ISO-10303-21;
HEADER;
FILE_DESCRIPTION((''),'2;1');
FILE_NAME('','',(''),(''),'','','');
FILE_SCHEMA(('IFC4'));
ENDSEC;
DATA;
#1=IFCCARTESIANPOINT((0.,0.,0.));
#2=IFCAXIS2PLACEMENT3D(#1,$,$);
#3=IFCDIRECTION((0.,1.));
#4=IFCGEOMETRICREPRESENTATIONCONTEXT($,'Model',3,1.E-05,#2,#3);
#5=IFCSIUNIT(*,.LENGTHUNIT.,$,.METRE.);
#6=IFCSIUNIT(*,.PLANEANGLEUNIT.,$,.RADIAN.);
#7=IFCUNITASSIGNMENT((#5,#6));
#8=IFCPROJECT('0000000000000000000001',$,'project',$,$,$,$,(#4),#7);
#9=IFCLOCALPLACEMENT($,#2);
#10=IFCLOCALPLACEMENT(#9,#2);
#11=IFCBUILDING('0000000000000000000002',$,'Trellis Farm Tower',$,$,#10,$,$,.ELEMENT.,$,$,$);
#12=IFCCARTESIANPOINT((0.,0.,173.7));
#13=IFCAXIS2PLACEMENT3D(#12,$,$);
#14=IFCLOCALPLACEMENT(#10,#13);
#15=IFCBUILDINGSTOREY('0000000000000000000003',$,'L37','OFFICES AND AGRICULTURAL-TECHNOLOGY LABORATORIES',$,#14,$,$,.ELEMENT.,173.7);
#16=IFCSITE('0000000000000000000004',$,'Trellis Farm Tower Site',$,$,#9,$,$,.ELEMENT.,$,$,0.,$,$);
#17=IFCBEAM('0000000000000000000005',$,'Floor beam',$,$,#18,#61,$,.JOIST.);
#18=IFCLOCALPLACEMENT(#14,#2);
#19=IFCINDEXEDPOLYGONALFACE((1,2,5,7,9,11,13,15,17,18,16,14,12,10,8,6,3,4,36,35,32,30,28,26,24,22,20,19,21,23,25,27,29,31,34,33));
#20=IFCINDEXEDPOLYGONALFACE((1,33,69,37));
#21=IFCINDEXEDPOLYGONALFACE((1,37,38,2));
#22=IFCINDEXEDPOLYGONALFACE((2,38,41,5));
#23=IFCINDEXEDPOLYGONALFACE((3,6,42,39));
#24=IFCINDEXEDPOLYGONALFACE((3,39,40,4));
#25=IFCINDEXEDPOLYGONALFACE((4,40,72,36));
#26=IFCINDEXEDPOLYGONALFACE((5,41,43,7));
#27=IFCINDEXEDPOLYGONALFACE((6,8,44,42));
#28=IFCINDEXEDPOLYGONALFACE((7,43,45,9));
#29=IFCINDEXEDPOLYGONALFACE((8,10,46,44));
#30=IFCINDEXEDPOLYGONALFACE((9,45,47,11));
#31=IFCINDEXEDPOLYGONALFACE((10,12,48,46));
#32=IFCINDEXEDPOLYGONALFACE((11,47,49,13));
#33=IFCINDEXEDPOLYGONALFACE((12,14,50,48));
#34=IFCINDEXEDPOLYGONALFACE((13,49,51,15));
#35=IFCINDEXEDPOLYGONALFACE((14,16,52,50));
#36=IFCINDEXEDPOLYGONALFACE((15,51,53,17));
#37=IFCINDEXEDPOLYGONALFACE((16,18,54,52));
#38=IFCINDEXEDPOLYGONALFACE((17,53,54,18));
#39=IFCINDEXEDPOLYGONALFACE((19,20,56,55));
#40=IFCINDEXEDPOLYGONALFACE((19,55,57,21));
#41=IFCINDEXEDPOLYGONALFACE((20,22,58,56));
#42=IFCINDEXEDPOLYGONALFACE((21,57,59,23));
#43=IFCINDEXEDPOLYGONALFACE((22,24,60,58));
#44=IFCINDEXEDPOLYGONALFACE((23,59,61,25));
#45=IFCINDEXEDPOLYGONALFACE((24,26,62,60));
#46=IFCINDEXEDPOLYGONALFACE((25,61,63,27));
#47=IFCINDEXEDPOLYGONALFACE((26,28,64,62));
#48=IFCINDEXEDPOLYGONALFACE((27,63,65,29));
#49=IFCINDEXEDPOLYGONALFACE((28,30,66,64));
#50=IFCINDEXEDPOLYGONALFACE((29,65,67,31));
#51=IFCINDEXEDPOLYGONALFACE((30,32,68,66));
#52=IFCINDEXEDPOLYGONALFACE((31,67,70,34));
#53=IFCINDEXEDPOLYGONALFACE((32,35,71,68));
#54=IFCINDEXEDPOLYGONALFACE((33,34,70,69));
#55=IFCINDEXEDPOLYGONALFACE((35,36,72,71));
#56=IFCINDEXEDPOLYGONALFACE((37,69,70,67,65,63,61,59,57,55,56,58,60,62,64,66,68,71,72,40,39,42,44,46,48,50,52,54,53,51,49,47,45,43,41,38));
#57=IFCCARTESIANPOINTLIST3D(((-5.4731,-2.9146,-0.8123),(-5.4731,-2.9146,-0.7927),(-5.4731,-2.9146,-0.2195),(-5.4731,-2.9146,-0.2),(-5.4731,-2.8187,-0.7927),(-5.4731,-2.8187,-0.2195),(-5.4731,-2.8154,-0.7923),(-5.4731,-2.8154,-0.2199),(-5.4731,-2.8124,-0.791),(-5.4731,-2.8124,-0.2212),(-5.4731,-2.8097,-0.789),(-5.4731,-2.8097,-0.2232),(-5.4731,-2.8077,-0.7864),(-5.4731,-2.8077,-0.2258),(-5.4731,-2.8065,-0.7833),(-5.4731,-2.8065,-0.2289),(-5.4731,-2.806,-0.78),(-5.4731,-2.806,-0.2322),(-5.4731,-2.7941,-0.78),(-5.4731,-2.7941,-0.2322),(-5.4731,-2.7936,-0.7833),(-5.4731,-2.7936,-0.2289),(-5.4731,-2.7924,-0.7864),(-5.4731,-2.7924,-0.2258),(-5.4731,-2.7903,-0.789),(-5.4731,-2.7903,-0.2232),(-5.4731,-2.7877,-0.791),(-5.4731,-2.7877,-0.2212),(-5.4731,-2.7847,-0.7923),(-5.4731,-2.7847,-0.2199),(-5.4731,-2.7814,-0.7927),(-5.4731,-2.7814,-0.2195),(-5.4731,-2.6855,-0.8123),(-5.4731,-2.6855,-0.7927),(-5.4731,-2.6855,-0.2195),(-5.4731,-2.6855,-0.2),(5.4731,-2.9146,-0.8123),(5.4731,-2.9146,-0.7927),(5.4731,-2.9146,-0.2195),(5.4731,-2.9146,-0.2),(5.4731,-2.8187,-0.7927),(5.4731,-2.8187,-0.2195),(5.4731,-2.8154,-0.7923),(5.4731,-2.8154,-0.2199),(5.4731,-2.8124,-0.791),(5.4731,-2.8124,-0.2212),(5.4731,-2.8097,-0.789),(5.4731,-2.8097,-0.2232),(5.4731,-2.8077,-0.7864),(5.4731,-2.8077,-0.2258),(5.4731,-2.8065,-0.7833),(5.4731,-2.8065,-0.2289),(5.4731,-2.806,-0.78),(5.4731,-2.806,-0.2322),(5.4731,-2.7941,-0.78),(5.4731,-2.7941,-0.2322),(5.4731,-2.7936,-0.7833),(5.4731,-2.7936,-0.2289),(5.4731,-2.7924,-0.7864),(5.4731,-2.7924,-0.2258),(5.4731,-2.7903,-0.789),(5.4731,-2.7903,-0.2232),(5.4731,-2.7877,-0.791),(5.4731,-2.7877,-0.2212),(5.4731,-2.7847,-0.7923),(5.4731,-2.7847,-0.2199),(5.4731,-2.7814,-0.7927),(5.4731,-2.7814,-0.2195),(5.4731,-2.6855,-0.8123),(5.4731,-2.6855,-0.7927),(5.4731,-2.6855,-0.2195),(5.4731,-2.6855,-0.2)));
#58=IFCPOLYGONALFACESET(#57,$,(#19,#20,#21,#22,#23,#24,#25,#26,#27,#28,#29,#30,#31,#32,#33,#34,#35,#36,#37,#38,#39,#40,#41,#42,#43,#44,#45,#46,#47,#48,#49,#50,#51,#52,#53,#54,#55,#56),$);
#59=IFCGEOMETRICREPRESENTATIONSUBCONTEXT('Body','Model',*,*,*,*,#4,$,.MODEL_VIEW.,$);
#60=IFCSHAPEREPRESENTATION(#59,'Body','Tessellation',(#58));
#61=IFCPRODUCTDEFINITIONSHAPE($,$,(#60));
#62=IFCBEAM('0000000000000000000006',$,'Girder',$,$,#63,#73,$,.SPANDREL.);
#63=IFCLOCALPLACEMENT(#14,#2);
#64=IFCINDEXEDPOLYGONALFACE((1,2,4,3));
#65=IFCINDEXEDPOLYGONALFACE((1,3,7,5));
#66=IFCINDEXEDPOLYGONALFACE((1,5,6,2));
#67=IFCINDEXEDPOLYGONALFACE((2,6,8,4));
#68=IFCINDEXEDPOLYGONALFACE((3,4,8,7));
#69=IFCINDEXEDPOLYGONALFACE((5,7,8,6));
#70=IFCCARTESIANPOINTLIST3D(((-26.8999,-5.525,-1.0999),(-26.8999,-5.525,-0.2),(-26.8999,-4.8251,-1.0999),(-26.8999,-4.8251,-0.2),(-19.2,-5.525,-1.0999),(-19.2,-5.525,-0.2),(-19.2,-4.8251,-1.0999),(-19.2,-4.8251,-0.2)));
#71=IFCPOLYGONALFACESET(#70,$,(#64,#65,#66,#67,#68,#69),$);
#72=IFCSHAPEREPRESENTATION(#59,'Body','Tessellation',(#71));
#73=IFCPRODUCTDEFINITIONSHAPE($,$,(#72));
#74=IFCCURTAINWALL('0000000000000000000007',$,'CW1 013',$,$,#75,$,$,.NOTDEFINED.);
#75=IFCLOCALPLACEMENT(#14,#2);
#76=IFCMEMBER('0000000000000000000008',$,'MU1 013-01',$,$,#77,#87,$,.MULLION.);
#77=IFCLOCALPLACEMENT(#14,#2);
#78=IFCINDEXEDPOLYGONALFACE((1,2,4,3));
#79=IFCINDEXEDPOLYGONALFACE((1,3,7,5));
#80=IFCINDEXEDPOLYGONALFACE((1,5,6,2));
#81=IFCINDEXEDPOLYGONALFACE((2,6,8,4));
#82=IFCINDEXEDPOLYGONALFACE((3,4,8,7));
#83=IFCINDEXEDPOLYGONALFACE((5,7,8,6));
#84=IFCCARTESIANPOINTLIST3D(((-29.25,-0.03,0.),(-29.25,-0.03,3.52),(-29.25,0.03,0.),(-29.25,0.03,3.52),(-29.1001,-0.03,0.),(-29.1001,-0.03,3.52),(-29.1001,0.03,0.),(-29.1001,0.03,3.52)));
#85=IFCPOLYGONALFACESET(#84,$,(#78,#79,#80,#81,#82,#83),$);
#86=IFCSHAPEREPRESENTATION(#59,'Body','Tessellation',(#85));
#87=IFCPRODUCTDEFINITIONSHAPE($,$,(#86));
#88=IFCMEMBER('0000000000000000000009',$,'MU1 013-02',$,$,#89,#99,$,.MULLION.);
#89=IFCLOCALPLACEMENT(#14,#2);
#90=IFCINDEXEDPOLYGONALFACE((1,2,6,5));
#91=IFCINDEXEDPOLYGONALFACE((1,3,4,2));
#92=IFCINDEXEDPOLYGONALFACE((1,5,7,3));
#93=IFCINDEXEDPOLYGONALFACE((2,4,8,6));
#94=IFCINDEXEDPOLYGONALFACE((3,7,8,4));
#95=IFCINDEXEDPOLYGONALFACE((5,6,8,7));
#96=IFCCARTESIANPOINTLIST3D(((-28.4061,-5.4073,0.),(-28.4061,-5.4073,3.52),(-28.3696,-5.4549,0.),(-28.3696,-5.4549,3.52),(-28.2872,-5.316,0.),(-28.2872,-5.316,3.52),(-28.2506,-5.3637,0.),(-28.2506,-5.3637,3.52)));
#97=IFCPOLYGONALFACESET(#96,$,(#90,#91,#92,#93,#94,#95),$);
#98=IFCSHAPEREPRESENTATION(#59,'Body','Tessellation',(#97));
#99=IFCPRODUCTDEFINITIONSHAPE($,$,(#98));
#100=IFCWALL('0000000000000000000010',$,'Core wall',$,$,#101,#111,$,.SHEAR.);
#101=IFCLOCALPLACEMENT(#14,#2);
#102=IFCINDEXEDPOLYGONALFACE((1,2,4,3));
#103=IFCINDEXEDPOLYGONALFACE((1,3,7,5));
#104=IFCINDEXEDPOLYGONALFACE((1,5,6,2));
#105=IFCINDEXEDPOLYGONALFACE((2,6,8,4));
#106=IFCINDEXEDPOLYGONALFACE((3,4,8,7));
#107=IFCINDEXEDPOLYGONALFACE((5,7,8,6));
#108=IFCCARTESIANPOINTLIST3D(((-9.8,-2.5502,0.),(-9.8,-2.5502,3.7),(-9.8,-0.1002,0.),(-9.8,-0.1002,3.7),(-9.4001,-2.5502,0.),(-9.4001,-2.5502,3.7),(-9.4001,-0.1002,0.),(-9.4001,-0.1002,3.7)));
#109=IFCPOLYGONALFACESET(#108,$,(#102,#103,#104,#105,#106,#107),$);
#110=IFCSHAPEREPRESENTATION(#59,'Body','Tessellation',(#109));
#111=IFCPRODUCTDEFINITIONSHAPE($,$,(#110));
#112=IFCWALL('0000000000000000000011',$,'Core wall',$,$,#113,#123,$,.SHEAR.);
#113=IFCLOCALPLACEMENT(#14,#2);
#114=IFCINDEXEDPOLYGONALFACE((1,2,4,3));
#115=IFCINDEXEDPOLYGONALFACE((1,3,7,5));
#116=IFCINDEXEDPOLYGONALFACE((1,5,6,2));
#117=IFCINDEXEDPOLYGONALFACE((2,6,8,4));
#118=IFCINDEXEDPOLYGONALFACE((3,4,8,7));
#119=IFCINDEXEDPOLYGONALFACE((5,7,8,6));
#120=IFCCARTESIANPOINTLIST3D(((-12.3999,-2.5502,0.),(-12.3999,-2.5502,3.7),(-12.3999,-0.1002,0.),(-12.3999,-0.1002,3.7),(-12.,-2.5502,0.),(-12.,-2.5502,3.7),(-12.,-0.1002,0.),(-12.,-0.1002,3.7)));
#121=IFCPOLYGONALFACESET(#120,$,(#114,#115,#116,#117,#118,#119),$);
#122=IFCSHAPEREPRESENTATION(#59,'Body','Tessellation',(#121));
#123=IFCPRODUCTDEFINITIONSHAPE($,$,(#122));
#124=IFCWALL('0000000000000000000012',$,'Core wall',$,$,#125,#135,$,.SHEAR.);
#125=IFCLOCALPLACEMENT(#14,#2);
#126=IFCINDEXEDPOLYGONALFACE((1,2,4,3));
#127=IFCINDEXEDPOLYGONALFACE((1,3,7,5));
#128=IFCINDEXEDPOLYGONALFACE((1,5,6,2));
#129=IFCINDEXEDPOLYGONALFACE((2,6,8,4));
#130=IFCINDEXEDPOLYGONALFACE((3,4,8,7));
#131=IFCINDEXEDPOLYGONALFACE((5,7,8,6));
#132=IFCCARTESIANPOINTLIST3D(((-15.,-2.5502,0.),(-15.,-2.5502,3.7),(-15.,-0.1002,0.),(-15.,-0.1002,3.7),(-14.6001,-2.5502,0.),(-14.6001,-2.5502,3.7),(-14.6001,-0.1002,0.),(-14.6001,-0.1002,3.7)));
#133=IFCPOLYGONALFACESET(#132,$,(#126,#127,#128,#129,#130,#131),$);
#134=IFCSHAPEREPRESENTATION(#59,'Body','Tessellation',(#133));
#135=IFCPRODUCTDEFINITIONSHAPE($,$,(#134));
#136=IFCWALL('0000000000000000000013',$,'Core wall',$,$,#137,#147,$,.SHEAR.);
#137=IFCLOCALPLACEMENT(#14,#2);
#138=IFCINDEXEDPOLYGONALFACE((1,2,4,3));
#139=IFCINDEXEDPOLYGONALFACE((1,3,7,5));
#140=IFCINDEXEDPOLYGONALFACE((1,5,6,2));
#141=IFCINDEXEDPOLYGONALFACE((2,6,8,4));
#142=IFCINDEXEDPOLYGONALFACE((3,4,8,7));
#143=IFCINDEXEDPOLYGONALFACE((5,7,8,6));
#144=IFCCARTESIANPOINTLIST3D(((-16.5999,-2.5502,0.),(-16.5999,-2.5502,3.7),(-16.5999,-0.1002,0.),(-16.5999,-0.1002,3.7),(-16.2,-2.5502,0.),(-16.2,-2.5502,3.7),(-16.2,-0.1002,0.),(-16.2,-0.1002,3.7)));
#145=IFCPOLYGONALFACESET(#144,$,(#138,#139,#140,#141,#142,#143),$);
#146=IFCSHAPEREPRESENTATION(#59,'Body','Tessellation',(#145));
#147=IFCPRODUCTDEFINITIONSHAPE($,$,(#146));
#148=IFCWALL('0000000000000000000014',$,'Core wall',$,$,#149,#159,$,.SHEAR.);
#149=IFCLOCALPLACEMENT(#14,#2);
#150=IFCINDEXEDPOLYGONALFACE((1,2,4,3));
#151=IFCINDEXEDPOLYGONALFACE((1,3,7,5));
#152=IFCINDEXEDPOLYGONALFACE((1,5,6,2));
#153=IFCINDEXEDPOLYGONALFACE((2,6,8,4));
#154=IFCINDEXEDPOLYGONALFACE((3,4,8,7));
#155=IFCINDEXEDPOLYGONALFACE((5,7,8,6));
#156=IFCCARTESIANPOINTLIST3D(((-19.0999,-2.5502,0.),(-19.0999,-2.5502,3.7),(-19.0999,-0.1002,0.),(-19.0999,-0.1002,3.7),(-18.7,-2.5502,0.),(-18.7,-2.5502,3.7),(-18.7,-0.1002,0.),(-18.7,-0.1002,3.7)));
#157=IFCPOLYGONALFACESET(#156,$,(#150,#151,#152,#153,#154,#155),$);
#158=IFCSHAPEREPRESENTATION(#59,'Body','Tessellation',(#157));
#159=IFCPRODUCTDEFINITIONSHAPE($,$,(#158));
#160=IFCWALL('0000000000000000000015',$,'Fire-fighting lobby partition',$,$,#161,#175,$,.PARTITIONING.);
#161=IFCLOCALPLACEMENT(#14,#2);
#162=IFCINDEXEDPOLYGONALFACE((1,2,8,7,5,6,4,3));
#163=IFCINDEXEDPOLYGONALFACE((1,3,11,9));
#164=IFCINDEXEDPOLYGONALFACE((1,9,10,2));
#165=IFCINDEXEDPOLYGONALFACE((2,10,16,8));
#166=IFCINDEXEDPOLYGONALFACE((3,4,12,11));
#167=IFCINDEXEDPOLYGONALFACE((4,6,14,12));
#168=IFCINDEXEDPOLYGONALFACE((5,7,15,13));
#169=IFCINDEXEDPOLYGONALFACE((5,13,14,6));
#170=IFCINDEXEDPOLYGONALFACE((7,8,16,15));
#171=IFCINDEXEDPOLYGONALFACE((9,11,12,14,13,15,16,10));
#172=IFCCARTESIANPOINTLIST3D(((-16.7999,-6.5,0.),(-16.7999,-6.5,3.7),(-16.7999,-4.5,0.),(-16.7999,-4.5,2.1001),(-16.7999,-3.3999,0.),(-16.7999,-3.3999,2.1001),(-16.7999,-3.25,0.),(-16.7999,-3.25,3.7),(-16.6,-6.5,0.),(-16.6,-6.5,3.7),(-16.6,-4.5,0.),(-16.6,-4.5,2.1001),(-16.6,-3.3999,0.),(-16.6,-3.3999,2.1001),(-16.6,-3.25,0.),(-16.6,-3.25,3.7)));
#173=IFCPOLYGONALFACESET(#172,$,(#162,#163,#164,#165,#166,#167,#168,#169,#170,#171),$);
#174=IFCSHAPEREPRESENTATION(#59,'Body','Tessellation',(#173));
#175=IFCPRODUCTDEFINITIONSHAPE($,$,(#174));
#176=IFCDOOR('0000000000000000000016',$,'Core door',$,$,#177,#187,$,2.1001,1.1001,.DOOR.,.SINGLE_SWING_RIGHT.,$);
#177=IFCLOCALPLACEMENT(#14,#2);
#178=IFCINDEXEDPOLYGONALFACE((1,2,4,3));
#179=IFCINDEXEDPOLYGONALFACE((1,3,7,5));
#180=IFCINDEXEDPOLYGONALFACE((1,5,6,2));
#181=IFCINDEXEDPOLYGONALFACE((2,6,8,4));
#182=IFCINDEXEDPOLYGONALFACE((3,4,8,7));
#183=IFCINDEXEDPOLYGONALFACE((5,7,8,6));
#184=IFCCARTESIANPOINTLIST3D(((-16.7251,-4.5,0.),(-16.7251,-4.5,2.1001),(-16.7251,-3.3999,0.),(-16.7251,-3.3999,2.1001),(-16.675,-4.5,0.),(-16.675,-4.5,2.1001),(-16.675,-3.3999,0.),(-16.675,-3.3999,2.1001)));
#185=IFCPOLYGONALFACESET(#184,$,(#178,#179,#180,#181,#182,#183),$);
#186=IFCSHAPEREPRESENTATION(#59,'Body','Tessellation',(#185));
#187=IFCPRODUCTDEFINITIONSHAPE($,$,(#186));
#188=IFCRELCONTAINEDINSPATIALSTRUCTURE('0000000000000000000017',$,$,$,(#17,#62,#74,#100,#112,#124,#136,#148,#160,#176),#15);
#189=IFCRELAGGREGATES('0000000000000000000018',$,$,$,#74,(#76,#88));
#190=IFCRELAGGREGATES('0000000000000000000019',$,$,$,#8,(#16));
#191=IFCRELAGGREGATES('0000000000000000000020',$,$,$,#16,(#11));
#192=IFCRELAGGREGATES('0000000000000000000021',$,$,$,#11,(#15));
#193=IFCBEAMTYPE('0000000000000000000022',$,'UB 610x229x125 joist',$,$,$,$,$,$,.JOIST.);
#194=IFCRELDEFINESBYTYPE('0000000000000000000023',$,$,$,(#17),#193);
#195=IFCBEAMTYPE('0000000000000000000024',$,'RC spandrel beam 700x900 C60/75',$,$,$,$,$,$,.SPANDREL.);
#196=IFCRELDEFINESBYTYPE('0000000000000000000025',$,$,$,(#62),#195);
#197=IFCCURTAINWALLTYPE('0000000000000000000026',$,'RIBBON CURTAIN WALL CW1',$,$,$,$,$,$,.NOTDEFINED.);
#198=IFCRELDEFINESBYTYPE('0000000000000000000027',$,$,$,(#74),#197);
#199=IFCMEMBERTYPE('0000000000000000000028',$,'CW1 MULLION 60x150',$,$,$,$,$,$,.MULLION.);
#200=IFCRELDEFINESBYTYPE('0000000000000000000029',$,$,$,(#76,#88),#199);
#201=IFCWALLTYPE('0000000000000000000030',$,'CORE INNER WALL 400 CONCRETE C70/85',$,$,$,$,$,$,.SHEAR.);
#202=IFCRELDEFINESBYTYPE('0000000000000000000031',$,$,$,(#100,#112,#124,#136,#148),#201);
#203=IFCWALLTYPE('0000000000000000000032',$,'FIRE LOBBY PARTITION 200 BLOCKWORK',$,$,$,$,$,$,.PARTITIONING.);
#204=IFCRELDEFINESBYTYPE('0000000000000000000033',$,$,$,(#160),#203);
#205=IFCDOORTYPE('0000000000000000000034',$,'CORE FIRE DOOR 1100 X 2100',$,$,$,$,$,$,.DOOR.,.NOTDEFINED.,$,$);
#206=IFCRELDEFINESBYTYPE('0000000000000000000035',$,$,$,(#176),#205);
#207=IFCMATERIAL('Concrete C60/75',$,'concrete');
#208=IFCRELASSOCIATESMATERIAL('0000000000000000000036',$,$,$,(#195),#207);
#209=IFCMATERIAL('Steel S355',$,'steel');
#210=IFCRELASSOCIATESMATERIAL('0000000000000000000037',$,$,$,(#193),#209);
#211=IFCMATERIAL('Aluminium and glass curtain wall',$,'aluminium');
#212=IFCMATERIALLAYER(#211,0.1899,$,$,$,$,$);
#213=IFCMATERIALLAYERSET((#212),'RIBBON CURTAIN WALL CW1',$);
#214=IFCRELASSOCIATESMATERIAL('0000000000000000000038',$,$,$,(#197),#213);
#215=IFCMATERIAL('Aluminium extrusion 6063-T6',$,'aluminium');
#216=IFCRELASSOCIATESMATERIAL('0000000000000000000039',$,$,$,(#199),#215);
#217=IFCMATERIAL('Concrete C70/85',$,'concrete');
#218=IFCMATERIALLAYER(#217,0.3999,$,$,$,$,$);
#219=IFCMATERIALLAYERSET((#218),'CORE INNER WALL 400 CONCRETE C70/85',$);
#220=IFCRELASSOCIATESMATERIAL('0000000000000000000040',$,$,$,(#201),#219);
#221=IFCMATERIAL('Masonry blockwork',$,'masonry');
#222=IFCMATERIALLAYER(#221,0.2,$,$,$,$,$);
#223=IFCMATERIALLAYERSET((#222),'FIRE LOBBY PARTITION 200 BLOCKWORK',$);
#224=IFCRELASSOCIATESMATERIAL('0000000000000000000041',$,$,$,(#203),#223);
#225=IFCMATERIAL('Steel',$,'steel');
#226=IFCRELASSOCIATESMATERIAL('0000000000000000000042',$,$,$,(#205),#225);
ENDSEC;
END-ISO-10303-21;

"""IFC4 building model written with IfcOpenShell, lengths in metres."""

from ifc_helpers import new_model, si_unit, direction, frame, frame_2d, origin, origin_2d, place, context, subcontext, project, spatial, rectangle, i_section, extrude, source, transform, mapped, material, layer, layer_set, material_profile, profile_set, type_object, element, fill, aggregate, save


model = new_model("IFC4")

# Units and contexts
model_context = context("Model", 3, precision=1e-05, world=origin(), true_north=direction((0.0, 1.0)))
body_context = subcontext(model_context, "Body", "Model", "MODEL_VIEW")
ifc_project = project(units=[si_unit("LENGTHUNIT", "METRE"), si_unit("PLANEANGLEUNIT", "RADIAN")], contexts=[model_context])

# Site, building, storey
site_placement = place(None, origin())
site = spatial("IfcSite", under=ifc_project, at=site_placement, Name="Trellis Farm Tower Site", CompositionType="ELEMENT", RefElevation=0.0)
building_placement = place(site_placement, origin())
building = spatial("IfcBuilding", under=site, at=building_placement, Name="Trellis Farm Tower", CompositionType="ELEMENT")
storey_placement = place(building_placement, frame((0.0, 0.0, 173.7)))
storey = spatial("IfcBuildingStorey", under=building, at=storey_placement, Name="L37", Description="OFFICES AND AGRICULTURAL-TECHNOLOGY LABORATORIES", CompositionType="ELEMENT", Elevation=173.7)

# Shared definitions
ifc_material_1 = material(Name="Concrete C70/85", Category="concrete")

# Beams
ifc_material_2 = material(Name="Steel S355", Category="steel")
ifc_material_3 = material(Name="Concrete C60/75", Category="concrete")
ifc_material_profile_1 = material_profile(ifc_material_3, rectangle(XDim=0.7, YDim=0.8999, at=origin_2d()), Name="RC spandrel beam 700x900 C60/75")
ifc_profile_set_1 = profile_set([ifc_material_profile_1], Name="Concrete C60/75")
beam_type_1 = type_object("IfcBeamType", Name="RC spandrel beam 700x900 C60/75", PredefinedType="SPANDREL", material=ifc_profile_set_1)
ifc_material_profile_2 = material_profile(ifc_material_2, i_section(OverallWidth=0.229, OverallDepth=0.6123, WebThickness=0.012, FlangeThickness=0.0195, FilletRadius=0.0127, at=origin_2d()), Name="UB 610x229x125")
ifc_profile_set_2 = profile_set([ifc_material_profile_2], Name="Steel S355")
beam_type_2 = type_object("IfcBeamType", Name="UB 610x229x125 joist", PredefinedType="JOIST", material=ifc_profile_set_2)
shared_shape_1 = source(origin(), body_context, "Body", "SweptSolid", [
    extrude(i_section(OverallWidth=0.229, OverallDepth=0.6123, WebThickness=0.012, FlangeThickness=0.0195, FilletRadius=0.0127, at=origin_2d()), origin(), (0.0, 0.0, 1.0), 10.9463),
])
beam_1_placement = place(storey_placement, frame((-5.4731, -2.8, -0.5061), z_axis=(1.0, 0.0, 0.0), x_axis=(0.0, 1.0, 0.0)))
element("IfcBeam", 1, at=beam_1_placement, inside=storey, type_object=beam_type_2, Name="Floor beam", PredefinedType="JOIST", context=body_context, shape_type="MappedRepresentation", body=[
    mapped(shared_shape_1, transform((0.0, 0.0, 0.0))),
])
shared_shape_2 = source(origin(), body_context, "Body", "SweptSolid", [
    extrude(rectangle(XDim=0.7, YDim=0.8999, at=origin_2d()), origin(), (0.0, 0.0, 1.0), 7.7),
])
beam_2_placement = place(storey_placement, frame((-26.8999, -5.175, -0.6499), z_axis=(1.0, 0.0, 0.0), x_axis=(0.0, 1.0, 0.0)))
element("IfcBeam", 2, at=beam_2_placement, inside=storey, type_object=beam_type_1, Name="Girder", PredefinedType="SPANDREL", context=body_context, shape_type="MappedRepresentation", body=[
    mapped(shared_shape_2, transform((0.0, 0.0, 0.0))),
])

# Curtain wall, members
ifc_material_4 = material(Name="Aluminium and glass curtain wall", Category="aluminium")
ifc_layer_1 = layer(ifc_material_4, 0.1899)
ifc_layer_set_1 = layer_set([ifc_layer_1], Name="RIBBON CURTAIN WALL CW1")
curtain_wall_type = type_object("IfcCurtainWallType", Name="RIBBON CURTAIN WALL CW1", PredefinedType="NOTDEFINED", material=ifc_layer_set_1)
curtain_wall_placement = place(storey_placement, origin())
curtain_wall = element("IfcCurtainWall", 3, at=curtain_wall_placement, inside=storey, type_object=curtain_wall_type, Name="CW1 013", PredefinedType="NOTDEFINED")
ifc_material_5 = material(Name="Aluminium extrusion 6063-T6", Category="aluminium")
ifc_material_profile_3 = material_profile(ifc_material_5, rectangle(XDim=0.0601, YDim=0.1499, at=origin_2d()), Name="MULLION 60x150")
ifc_profile_set_3 = profile_set([ifc_material_profile_3], Name="Aluminium extrusion 6063-T6")
member_type = type_object("IfcMemberType", Name="CW1 MULLION 60x150", PredefinedType="MULLION", material=ifc_profile_set_3)
shared_shape_3 = source(origin(), body_context, "Body", "SweptSolid", [
    extrude(rectangle(XDim=0.0601, YDim=0.1499, at=origin_2d()), origin(), (0.0, 0.0, 1.0), 3.52),
])
member_1_placement = place(storey_placement, frame((-29.175, 0.0, 0.0), z_axis=(0.0, 0.0, 1.0), x_axis=(0.0, -1.0, 0.0)))
member_1 = element("IfcMember", 4, at=member_1_placement, type_object=member_type, Name="MU1 013-01", PredefinedType="MULLION", context=body_context, shape_type="MappedRepresentation", body=[
    mapped(shared_shape_3, transform((0.0, 0.0, 0.0))),
])
member_2_placement = place(storey_placement, frame((-28.3284, -5.3855, 0.0), z_axis=(0.0, 0.0, 1.0), x_axis=(0.608761, -0.793353, 0.0)))
member_2 = element("IfcMember", 5, at=member_2_placement, type_object=member_type, Name="MU1 013-02", PredefinedType="MULLION", context=body_context, shape_type="MappedRepresentation", body=[
    mapped(shared_shape_3, transform((0.0, 0.0, 0.0))),
])
aggregate(curtain_wall, [member_1, member_2])

# Walls
ifc_layer_2 = layer(ifc_material_1, 0.3999)
ifc_layer_set_2 = layer_set([ifc_layer_2], Name="CORE INNER WALL 400 CONCRETE C70/85")
wall_type_1 = type_object("IfcWallType", Name="CORE INNER WALL 400 CONCRETE C70/85", PredefinedType="SHEAR", material=ifc_layer_set_2)
shared_shape_4 = source(origin(), body_context, "Body", "SweptSolid", [
    extrude(rectangle(XDim=2.45, YDim=0.3999, at=frame_2d((1.2251, 0.0))), origin(), (0.0, 0.0, 1.0), 3.7),
])
for number, where, z_axis, x_axis, name in (
    (6, (-9.6001, -0.1001, 0.0), (0.0, 0.0, 1.0), (0.0, -1.0, 0.0), "Core wall"),
    (7, (-12.2, -0.1001, 0.0), (0.0, 0.0, 1.0), (0.0, -1.0, 0.0), "Core wall"),
    (8, (-14.8, -0.1001, 0.0), (0.0, 0.0, 1.0), (0.0, -1.0, 0.0), "Core wall"),
    (9, (-16.3999, -0.1001, 0.0), (0.0, 0.0, 1.0), (0.0, -1.0, 0.0), "Core wall"),
    (10, (-18.8999, -0.1001, 0.0), (0.0, 0.0, 1.0), (0.0, -1.0, 0.0), "Core wall"),
):
    element("IfcWall", number, at=place(storey_placement, frame(where, z_axis=z_axis, x_axis=x_axis)), inside=storey, type_object=wall_type_1, Name=name, PredefinedType="SHEAR", context=body_context, shape_type="MappedRepresentation", body=[
        mapped(shared_shape_4, transform((0.0, 0.0, 0.0))),
    ])

# Wall, opening, door
ifc_material_6 = material(Name="Masonry blockwork", Category="masonry")
ifc_layer_3 = layer(ifc_material_6, 0.2)
ifc_layer_set_3 = layer_set([ifc_layer_3], Name="FIRE LOBBY PARTITION 200 BLOCKWORK")
wall_type_2 = type_object("IfcWallType", Name="FIRE LOBBY PARTITION 200 BLOCKWORK", PredefinedType="PARTITIONING", material=ifc_layer_set_3)
shared_shape_5 = source(origin(), body_context, "Body", "SweptSolid", [
    extrude(rectangle(XDim=3.25, YDim=0.2, at=frame_2d((1.625, 0.0))), origin(), (0.0, 0.0, 1.0), 3.7),
])
wall_1_placement = place(storey_placement, frame((-16.7, -3.25, 0.0), z_axis=(0.0, 0.0, 1.0), x_axis=(0.0, -1.0, 0.0)))
wall_1 = element("IfcWall", 11, at=wall_1_placement, inside=storey, type_object=wall_type_2, Name="Fire-fighting lobby partition", PredefinedType="PARTITIONING", context=body_context, shape_type="MappedRepresentation", body=[
    mapped(shared_shape_5, transform((0.0, 0.0, 0.0))),
])
shared_shape_6 = source(origin(), body_context, "Body", "SweptSolid", [
    extrude(rectangle(XDim=1.1001, YDim=2.1001, at=frame_2d((0.55, 1.05))), frame((0.0, 0.1101, 0.0), z_axis=(0.0, -1.0, 0.0), x_axis=(1.0, 0.0, 0.0)), (0.0, 0.0, 1.0), 0.2202),
])
opening_1_placement = place(wall_1_placement, frame((0.1499, 0.0, 0.0)))
opening_1 = element("IfcOpeningElement", 12, at=opening_1_placement, cuts=wall_1, PredefinedType="OPENING", context=body_context, shape_type="MappedRepresentation", body=[
    mapped(shared_shape_6, transform((0.0, 0.0, 0.0))),
])
ifc_material_7 = material(Name="Steel", Category="steel")
door_type_1 = type_object("IfcDoorType", Name="CORE FIRE DOOR 1100 X 2100", OperationType="NOTDEFINED", PredefinedType="DOOR", material=ifc_material_7)
shared_shape_7 = source(origin(), body_context, "Body", "SweptSolid", [
    extrude(rectangle(XDim=1.1001, YDim=2.1001, at=frame_2d((0.55, 1.05))), frame((0.0, 0.0249, 0.0), z_axis=(0.0, -1.0, 0.0), x_axis=(1.0, 0.0, 0.0)), (0.0, 0.0, 1.0), 0.05),
])
door_1_placement = place(opening_1_placement, origin())
door_1 = element("IfcDoor", 13, at=door_1_placement, inside=storey, type_object=door_type_1, Name="Core door", OperationType="SINGLE_SWING_RIGHT", OverallHeight=2.1001, OverallWidth=1.1001, PredefinedType="DOOR", context=body_context, shape_type="MappedRepresentation", body=[
    mapped(shared_shape_7, transform((0.0, 0.0, 0.0))),
])
fill(opening_1, door_1)

save(model, "model.ifc")
